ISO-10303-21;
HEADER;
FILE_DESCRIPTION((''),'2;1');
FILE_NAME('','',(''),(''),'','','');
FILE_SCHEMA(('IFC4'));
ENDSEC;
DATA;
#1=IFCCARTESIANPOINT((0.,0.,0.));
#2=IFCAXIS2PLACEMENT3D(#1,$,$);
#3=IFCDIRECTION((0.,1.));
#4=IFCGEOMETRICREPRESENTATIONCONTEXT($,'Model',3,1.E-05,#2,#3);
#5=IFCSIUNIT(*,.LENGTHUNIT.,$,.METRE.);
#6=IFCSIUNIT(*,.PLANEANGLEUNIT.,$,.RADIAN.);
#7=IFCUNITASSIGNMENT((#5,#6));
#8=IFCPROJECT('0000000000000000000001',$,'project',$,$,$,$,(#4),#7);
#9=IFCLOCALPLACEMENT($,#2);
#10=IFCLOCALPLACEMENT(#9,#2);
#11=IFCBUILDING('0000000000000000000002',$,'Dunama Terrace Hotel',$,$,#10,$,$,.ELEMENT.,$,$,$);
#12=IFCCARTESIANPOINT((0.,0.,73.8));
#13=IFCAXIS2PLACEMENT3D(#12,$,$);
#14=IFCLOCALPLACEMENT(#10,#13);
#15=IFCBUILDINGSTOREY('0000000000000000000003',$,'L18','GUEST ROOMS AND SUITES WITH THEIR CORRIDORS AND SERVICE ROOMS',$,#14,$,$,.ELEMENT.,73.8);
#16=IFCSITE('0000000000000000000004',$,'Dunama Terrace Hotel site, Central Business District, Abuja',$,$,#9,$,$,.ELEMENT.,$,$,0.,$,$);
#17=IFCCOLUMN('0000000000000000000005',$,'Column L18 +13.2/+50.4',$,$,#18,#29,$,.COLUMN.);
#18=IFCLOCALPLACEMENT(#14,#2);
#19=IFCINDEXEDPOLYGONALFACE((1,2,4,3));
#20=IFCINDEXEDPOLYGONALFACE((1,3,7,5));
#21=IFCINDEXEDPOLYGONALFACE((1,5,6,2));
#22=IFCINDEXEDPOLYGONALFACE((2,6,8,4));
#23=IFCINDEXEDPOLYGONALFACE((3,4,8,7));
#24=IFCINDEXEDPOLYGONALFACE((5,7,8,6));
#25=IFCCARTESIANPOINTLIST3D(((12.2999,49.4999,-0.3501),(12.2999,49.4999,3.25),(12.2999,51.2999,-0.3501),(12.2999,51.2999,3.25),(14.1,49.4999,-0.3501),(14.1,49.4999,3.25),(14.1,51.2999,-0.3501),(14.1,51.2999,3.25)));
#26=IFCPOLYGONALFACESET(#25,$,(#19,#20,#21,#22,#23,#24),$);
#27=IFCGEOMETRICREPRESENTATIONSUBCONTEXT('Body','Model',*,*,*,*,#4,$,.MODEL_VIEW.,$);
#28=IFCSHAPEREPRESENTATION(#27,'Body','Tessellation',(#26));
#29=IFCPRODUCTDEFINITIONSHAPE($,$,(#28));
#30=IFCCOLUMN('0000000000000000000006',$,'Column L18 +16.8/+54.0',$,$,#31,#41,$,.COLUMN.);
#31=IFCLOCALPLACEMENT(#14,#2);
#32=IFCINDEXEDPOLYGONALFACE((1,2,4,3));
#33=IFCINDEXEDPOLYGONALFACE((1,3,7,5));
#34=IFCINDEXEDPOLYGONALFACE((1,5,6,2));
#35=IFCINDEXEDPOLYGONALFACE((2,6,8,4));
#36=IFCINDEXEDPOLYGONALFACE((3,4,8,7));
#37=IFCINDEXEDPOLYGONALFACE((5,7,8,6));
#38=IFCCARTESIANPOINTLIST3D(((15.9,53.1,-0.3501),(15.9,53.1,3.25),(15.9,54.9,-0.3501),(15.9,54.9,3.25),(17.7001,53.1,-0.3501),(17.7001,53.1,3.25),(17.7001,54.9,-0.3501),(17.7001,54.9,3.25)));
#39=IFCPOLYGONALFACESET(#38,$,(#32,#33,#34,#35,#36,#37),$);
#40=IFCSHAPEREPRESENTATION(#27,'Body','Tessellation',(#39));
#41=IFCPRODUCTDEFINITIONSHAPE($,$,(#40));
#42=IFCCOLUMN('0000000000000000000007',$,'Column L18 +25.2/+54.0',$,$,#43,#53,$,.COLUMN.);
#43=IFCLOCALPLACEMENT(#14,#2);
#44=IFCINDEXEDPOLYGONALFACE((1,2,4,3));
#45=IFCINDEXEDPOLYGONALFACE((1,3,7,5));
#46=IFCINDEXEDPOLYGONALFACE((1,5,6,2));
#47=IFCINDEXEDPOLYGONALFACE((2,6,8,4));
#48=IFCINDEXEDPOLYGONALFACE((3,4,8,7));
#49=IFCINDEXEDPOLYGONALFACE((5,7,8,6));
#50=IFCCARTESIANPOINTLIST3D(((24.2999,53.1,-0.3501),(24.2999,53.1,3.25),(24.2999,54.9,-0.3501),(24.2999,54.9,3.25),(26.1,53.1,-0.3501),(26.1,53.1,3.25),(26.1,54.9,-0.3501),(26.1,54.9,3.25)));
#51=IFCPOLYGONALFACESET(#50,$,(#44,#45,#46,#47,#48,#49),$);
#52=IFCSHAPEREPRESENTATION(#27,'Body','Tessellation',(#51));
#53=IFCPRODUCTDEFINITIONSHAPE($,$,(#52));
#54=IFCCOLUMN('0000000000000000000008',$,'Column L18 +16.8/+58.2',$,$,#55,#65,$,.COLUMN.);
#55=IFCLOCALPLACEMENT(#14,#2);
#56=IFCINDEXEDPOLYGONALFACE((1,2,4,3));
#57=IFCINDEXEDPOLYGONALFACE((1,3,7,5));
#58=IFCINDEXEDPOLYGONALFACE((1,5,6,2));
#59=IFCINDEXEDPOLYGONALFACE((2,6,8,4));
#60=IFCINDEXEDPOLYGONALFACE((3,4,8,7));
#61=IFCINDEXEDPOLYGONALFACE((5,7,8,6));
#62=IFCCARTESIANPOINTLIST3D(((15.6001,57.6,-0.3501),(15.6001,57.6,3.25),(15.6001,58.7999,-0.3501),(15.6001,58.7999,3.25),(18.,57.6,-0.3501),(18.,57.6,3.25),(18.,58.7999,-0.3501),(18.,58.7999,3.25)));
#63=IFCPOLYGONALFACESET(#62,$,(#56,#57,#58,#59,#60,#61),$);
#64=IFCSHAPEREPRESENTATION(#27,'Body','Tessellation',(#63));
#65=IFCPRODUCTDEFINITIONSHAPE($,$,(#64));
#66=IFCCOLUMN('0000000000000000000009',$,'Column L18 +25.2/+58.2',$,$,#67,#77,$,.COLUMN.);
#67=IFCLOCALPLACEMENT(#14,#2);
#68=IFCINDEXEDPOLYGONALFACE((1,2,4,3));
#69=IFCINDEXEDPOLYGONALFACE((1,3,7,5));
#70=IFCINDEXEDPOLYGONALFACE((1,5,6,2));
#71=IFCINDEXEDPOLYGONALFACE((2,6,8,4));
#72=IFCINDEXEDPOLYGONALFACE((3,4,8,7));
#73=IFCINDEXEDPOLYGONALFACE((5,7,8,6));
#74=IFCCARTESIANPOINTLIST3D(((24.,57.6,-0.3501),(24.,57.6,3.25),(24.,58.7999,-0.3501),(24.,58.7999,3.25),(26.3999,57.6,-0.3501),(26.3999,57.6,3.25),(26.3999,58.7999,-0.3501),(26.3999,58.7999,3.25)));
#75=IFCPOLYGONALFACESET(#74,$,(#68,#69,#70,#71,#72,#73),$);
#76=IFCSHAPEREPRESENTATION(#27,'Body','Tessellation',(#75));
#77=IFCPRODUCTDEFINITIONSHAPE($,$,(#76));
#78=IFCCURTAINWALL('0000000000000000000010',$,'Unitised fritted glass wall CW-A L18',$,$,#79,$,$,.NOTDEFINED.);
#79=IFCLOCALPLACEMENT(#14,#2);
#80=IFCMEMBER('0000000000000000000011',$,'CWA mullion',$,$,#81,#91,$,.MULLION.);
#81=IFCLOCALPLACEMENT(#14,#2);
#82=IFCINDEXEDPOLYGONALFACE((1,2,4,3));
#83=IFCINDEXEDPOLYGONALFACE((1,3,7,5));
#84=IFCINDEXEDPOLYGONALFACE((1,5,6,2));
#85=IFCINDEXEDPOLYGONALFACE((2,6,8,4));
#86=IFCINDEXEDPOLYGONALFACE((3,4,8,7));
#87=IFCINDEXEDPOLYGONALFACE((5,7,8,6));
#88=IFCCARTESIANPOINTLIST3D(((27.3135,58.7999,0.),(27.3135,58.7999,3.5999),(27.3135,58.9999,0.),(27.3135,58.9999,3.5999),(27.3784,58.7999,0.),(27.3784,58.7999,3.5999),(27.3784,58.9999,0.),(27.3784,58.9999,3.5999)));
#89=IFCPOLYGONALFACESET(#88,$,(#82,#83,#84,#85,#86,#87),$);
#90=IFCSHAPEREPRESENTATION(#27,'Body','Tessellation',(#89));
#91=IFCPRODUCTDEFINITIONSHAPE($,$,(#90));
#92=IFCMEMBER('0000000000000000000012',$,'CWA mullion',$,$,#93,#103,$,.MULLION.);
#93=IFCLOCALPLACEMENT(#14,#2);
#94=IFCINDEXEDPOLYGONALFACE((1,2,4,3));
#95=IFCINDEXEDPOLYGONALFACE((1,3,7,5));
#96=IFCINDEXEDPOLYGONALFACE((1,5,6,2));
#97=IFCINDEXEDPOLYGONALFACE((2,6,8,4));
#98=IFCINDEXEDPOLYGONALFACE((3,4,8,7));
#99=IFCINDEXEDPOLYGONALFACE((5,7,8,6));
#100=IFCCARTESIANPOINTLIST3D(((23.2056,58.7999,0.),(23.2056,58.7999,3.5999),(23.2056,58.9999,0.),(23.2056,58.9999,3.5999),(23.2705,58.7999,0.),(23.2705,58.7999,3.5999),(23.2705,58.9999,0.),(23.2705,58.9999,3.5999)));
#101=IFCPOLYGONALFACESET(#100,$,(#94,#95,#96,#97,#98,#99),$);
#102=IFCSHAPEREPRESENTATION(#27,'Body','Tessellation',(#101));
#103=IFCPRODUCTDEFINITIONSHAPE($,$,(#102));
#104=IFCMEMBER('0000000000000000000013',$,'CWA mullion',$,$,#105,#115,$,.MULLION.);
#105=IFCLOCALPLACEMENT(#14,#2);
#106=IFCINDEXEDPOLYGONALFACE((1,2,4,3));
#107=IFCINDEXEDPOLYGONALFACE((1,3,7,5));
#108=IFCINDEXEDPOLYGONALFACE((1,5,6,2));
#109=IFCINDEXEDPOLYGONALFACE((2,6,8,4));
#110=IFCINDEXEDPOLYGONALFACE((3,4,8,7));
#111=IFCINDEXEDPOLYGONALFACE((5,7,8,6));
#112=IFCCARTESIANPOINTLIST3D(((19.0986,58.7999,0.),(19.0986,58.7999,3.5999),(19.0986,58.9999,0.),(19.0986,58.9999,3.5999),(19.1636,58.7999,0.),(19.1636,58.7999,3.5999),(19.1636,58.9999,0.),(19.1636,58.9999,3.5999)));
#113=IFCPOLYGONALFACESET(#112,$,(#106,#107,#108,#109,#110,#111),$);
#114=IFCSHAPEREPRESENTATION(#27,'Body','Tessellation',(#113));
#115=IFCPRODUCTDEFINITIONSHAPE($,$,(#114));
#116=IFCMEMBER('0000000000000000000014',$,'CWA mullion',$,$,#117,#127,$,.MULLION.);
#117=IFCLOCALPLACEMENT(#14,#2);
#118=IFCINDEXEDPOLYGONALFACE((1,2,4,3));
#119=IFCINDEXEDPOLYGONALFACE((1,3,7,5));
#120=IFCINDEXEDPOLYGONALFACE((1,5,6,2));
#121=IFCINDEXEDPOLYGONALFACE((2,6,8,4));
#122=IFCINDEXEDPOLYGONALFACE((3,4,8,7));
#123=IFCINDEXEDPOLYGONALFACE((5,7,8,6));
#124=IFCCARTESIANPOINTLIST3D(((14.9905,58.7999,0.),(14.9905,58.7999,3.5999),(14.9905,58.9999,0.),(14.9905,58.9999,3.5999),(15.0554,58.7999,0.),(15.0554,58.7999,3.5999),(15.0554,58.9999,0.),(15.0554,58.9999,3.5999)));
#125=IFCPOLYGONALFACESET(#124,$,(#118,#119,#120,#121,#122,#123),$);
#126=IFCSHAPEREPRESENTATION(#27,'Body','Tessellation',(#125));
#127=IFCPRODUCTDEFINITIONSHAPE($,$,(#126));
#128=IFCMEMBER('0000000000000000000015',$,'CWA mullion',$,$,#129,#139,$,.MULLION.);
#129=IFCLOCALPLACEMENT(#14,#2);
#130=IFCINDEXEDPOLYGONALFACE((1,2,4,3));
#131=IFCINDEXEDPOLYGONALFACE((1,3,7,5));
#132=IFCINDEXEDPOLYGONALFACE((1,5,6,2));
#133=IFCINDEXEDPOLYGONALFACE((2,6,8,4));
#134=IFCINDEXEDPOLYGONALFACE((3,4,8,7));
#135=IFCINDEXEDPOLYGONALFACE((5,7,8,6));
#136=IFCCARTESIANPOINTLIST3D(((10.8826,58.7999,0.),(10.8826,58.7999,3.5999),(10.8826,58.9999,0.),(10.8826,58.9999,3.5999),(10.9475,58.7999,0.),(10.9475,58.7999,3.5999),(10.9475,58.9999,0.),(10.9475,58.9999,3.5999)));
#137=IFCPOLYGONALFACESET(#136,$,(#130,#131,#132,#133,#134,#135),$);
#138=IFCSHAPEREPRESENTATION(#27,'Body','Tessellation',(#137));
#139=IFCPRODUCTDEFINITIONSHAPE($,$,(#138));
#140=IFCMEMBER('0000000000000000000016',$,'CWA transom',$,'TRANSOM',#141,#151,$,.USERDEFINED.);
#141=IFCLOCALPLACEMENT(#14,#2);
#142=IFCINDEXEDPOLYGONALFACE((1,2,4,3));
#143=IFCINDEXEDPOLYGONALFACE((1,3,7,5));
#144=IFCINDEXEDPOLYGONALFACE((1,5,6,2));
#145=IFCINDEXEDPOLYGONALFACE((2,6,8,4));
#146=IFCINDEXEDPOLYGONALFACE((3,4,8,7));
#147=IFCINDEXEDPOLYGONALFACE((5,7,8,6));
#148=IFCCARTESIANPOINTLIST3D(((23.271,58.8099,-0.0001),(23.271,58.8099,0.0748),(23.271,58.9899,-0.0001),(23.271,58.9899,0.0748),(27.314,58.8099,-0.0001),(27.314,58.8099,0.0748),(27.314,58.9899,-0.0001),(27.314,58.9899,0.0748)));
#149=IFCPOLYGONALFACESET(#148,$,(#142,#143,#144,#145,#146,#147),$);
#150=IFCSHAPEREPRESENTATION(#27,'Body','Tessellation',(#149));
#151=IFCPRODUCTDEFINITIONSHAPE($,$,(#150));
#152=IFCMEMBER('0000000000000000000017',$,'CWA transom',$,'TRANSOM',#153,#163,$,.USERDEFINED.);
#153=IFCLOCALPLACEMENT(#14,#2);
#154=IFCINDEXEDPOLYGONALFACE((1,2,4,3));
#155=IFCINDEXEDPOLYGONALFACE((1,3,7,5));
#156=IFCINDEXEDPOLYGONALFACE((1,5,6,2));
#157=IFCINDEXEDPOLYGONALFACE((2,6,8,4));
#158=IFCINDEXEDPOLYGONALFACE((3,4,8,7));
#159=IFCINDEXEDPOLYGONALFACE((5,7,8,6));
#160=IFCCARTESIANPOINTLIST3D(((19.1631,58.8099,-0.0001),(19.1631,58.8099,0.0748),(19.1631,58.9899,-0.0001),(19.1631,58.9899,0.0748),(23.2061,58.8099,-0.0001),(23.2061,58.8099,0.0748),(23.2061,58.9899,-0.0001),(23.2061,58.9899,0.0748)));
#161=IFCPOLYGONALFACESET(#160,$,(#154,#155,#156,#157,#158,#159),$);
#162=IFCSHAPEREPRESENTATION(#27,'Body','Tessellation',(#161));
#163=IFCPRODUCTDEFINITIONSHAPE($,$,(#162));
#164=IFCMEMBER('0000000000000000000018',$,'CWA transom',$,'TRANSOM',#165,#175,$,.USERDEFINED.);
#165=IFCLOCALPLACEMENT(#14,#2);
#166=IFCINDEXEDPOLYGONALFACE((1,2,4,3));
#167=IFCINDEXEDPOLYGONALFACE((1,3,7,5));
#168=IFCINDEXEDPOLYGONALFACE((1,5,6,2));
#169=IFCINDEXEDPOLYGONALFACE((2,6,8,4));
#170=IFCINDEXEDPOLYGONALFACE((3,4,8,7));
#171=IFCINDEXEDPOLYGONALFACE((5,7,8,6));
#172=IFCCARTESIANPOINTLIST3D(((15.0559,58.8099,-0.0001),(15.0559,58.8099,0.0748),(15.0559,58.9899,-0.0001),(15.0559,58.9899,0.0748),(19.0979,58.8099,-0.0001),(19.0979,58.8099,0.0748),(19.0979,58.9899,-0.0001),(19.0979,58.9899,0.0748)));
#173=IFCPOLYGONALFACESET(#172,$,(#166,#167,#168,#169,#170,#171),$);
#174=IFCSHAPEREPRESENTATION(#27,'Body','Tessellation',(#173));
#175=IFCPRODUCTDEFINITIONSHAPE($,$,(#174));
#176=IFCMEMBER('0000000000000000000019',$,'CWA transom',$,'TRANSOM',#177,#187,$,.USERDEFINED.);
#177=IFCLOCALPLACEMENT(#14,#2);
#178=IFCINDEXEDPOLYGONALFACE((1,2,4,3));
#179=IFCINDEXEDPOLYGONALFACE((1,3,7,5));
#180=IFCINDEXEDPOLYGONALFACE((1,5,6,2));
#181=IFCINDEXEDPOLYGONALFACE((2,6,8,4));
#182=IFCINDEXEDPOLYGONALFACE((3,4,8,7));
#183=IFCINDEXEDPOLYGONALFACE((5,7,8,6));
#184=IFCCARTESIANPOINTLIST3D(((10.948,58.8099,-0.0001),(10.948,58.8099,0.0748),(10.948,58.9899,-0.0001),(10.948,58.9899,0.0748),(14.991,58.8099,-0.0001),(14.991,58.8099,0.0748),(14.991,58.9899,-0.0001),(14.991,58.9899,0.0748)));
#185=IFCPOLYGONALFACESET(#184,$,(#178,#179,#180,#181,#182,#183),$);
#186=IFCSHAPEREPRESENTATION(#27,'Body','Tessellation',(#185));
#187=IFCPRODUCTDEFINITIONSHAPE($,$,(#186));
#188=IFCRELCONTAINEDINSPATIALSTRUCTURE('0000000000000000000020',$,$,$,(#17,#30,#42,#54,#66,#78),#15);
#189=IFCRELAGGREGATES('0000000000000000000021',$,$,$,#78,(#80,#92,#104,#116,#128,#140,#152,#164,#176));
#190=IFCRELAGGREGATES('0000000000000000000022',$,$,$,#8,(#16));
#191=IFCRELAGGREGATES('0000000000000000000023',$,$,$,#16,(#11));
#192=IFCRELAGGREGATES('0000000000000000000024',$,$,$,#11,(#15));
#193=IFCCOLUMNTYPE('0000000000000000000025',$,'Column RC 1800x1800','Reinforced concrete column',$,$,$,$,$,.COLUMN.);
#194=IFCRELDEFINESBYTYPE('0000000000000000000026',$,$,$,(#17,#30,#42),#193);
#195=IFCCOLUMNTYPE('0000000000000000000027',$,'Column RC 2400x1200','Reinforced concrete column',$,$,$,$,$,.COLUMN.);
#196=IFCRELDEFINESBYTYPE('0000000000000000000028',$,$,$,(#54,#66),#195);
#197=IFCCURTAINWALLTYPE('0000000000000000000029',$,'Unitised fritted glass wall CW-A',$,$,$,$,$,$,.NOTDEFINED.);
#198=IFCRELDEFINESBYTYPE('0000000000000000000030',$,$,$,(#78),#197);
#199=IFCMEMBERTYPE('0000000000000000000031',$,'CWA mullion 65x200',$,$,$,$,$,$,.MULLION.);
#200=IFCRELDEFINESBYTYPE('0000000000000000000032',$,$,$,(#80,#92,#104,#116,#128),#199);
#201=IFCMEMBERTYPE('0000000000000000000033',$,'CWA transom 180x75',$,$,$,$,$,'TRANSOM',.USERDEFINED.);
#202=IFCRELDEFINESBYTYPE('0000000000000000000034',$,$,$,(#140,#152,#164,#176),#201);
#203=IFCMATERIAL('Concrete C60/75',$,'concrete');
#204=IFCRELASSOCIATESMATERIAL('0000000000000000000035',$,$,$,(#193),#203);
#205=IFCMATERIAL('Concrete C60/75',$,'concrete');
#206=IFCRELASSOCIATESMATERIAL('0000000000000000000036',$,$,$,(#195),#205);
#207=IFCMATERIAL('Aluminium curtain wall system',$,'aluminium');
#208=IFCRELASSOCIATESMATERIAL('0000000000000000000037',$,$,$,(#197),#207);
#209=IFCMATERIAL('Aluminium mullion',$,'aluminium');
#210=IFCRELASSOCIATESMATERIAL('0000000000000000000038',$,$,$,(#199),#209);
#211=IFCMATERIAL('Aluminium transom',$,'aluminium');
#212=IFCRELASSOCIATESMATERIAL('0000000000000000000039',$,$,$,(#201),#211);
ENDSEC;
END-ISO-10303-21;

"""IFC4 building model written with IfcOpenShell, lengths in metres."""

from ifc_helpers import new_model, si_unit, direction, frame, origin, origin_2d, place, context, subcontext, project, spatial, rectangle, extrude, material, material_profile, profile_set, type_object, element, aggregate, save


model = new_model("IFC4")

# Units and contexts
model_context = context("Model", 3, precision=1e-05, world=origin(), true_north=direction((0.0, 1.0)))
body_context = subcontext(model_context, "Body", "Model", "MODEL_VIEW")
ifc_project = project(units=[si_unit("LENGTHUNIT", "METRE"), si_unit("PLANEANGLEUNIT", "RADIAN")], contexts=[model_context])

# Site, building, storey
site_placement = place(None, origin())
site = spatial("IfcSite", under=ifc_project, at=site_placement, Name="Dunama Terrace Hotel site, Central Business District, Abuja", CompositionType="ELEMENT", RefElevation=0.0)
building_placement = place(site_placement, origin())
building = spatial("IfcBuilding", under=site, at=building_placement, Name="Dunama Terrace Hotel", CompositionType="ELEMENT")
storey_placement = place(building_placement, frame((0.0, 0.0, 73.8)))
storey = spatial("IfcBuildingStorey", under=building, at=storey_placement, Name="L18", Description="GUEST ROOMS AND SUITES WITH THEIR CORRIDORS AND SERVICE ROOMS", CompositionType="ELEMENT", Elevation=73.8)

# Columns
ifc_material_1 = material(Name="Concrete C60/75", Category="concrete")
ifc_material_profile_1 = material_profile(ifc_material_1, rectangle(XDim=1.8, YDim=1.8, at=origin_2d()), Name="RC 1800x1800")
ifc_profile_set_1 = profile_set([ifc_material_profile_1], Name="Concrete C60/75")
column_type_1 = type_object("IfcColumnType", Name="Column RC 1800x1800", Description="Reinforced concrete column", PredefinedType="COLUMN", material=ifc_profile_set_1)
for number, where, z_axis, x_axis, name in (
    (1, (13.2, 50.3999, -0.3501), (0.0, 0.0, 1.0), (1.0, 0.0, 0.0), "Column L18 +13.2/+50.4"),
    (2, (16.8, 54.0, -0.3501), (0.0, 0.0, 1.0), (1.0, 0.0, 0.0), "Column L18 +16.8/+54.0"),
    (3, (25.2, 54.0, -0.3501), (0.0, 0.0, 1.0), (1.0, 0.0, 0.0), "Column L18 +25.2/+54.0"),
):
    element("IfcColumn", number, at=place(storey_placement, frame(where, z_axis=z_axis, x_axis=x_axis)), inside=storey, type_object=column_type_1, Name=name, PredefinedType="COLUMN", context=body_context, shape_type="SweptSolid", body=[
        extrude(rectangle(XDim=1.8, YDim=1.8, at=origin_2d()), origin(), (0.0, 0.0, 1.0), 3.6001),
    ])
ifc_material_2 = material(Name="Concrete C60/75", Category="concrete")
ifc_material_profile_2 = material_profile(ifc_material_2, rectangle(XDim=2.3999, YDim=1.2, at=origin_2d()), Name="RC 2400x1200")
ifc_profile_set_2 = profile_set([ifc_material_profile_2], Name="Concrete C60/75")
column_type_2 = type_object("IfcColumnType", Name="Column RC 2400x1200", Description="Reinforced concrete column", PredefinedType="COLUMN", material=ifc_profile_set_2)
for number, where, z_axis, x_axis, name in (
    (4, (16.8, 58.2, -0.3501), (0.0, 0.0, 1.0), (1.0, 0.0, 0.0), "Column L18 +16.8/+58.2"),
    (5, (25.2, 58.2, -0.3501), (0.0, 0.0, 1.0), (1.0, 0.0, 0.0), "Column L18 +25.2/+58.2"),
):
    element("IfcColumn", number, at=place(storey_placement, frame(where, z_axis=z_axis, x_axis=x_axis)), inside=storey, type_object=column_type_2, Name=name, PredefinedType="COLUMN", context=body_context, shape_type="SweptSolid", body=[
        extrude(rectangle(XDim=2.3999, YDim=1.2, at=origin_2d()), origin(), (0.0, 0.0, 1.0), 3.6001),
    ])

# Curtain wall, members
ifc_material_3 = material(Name="Aluminium curtain wall system", Category="aluminium")
curtain_wall_type = type_object("IfcCurtainWallType", Name="Unitised fritted glass wall CW-A", PredefinedType="NOTDEFINED", material=ifc_material_3)
curtain_wall_placement = place(storey_placement, origin())
curtain_wall = element("IfcCurtainWall", 6, at=curtain_wall_placement, inside=storey, type_object=curtain_wall_type, Name="Unitised fritted glass wall CW-A L18", PredefinedType="NOTDEFINED")
ifc_material_4 = material(Name="Aluminium mullion", Category="aluminium")
ifc_material_profile_3 = material_profile(ifc_material_4, rectangle(XDim=0.0649, YDim=0.2, at=origin_2d()), Name="CWA MULLION 65X200")
ifc_profile_set_3 = profile_set([ifc_material_profile_3], Name="Aluminium mullion")
member_type_1 = type_object("IfcMemberType", Name="CWA mullion 65x200", PredefinedType="MULLION", material=ifc_profile_set_3)
member_1_placement = place(storey_placement, frame((27.3459, 58.8999, 0.0), z_axis=(0.0, 0.0, 1.0), x_axis=(-1.0, 0.0, 0.0)))
member_1 = element("IfcMember", 7, at=member_1_placement, type_object=member_type_1, Name="CWA mullion", PredefinedType="MULLION", context=body_context, shape_type="SweptSolid", body=[
    extrude(rectangle(XDim=0.0649, YDim=0.2, at=origin_2d()), origin(), (0.0, 0.0, 1.0), 3.5999),
])
member_2_placement = place(storey_placement, frame((23.238, 58.8999, 0.0), z_axis=(0.0, 0.0, 1.0), x_axis=(-1.0, 0.0, 0.0)))
member_2 = element("IfcMember", 8, at=member_2_placement, type_object=member_type_1, Name="CWA mullion", PredefinedType="MULLION", context=body_context, shape_type="SweptSolid", body=[
    extrude(rectangle(XDim=0.0649, YDim=0.2, at=origin_2d()), origin(), (0.0, 0.0, 1.0), 3.5999),
])
member_3_placement = place(storey_placement, frame((19.1311, 58.8999, 0.0), z_axis=(0.0, 0.0, 1.0), x_axis=(-1.0, 0.0, 0.0)))
member_3 = element("IfcMember", 9, at=member_3_placement, type_object=member_type_1, Name="CWA mullion", PredefinedType="MULLION", context=body_context, shape_type="SweptSolid", body=[
    extrude(rectangle(XDim=0.0649, YDim=0.2, at=origin_2d()), origin(), (0.0, 0.0, 1.0), 3.5999),
])
member_4_placement = place(storey_placement, frame((15.0229, 58.8999, 0.0), z_axis=(0.0, 0.0, 1.0), x_axis=(-1.0, 0.0, 0.0)))
member_4 = element("IfcMember", 10, at=member_4_placement, type_object=member_type_1, Name="CWA mullion", PredefinedType="MULLION", context=body_context, shape_type="SweptSolid", body=[
    extrude(rectangle(XDim=0.0649, YDim=0.2, at=origin_2d()), origin(), (0.0, 0.0, 1.0), 3.5999),
])
member_5_placement = place(storey_placement, frame((10.915, 58.8999, 0.0), z_axis=(0.0, 0.0, 1.0), x_axis=(-1.0, 0.0, 0.0)))
member_5 = element("IfcMember", 11, at=member_5_placement, type_object=member_type_1, Name="CWA mullion", PredefinedType="MULLION", context=body_context, shape_type="SweptSolid", body=[
    extrude(rectangle(XDim=0.0649, YDim=0.2, at=origin_2d()), origin(), (0.0, 0.0, 1.0), 3.5999),
])
ifc_material_5 = material(Name="Aluminium transom", Category="aluminium")
ifc_material_profile_4 = material_profile(ifc_material_5, rectangle(XDim=0.1799, YDim=0.075, at=origin_2d()), Name="CWA TRANSOM 180X75")
ifc_profile_set_4 = profile_set([ifc_material_profile_4], Name="Aluminium transom")
member_type_2 = type_object("IfcMemberType", Name="CWA transom 180x75", ElementType="TRANSOM", PredefinedType="USERDEFINED", material=ifc_profile_set_4)
member_6_placement = place(storey_placement, frame((27.314, 58.8999, 0.0374), z_axis=(-1.0, 0.0, 0.0), x_axis=(0.0, -1.0, 0.0)))
member_6 = element("IfcMember", 12, at=member_6_placement, type_object=member_type_2, Name="CWA transom", ObjectType="TRANSOM", PredefinedType="USERDEFINED", context=body_context, shape_type="SweptSolid", body=[
    extrude(rectangle(XDim=0.1799, YDim=0.075, at=origin_2d()), origin(), (0.0, 0.0, 1.0), 4.043),
])
member_7_placement = place(storey_placement, frame((23.2061, 58.8999, 0.0374), z_axis=(-1.0, 0.0, 0.0), x_axis=(0.0, -1.0, 0.0)))
member_7 = element("IfcMember", 13, at=member_7_placement, type_object=member_type_2, Name="CWA transom", ObjectType="TRANSOM", PredefinedType="USERDEFINED", context=body_context, shape_type="SweptSolid", body=[
    extrude(rectangle(XDim=0.1799, YDim=0.075, at=origin_2d()), origin(), (0.0, 0.0, 1.0), 4.043),
])
member_8_placement = place(storey_placement, frame((19.0979, 58.8999, 0.0374), z_axis=(-1.0, 0.0, 0.0), x_axis=(0.0, -1.0, 0.0)))
member_8 = element("IfcMember", 14, at=member_8_placement, type_object=member_type_2, Name="CWA transom", ObjectType="TRANSOM", PredefinedType="USERDEFINED", context=body_context, shape_type="SweptSolid", body=[
    extrude(rectangle(XDim=0.1799, YDim=0.075, at=origin_2d()), origin(), (0.0, 0.0, 1.0), 4.042),
])
member_9_placement = place(storey_placement, frame((14.991, 58.8999, 0.0374), z_axis=(-1.0, 0.0, 0.0), x_axis=(0.0, -1.0, 0.0)))
member_9 = element("IfcMember", 15, at=member_9_placement, type_object=member_type_2, Name="CWA transom", ObjectType="TRANSOM", PredefinedType="USERDEFINED", context=body_context, shape_type="SweptSolid", body=[
    extrude(rectangle(XDim=0.1799, YDim=0.075, at=origin_2d()), origin(), (0.0, 0.0, 1.0), 4.043),
])

aggregate(curtain_wall, [member_1, member_2, member_3, member_4, member_5, member_6, member_7, member_8, member_9])

save(model, "model.ifc")
